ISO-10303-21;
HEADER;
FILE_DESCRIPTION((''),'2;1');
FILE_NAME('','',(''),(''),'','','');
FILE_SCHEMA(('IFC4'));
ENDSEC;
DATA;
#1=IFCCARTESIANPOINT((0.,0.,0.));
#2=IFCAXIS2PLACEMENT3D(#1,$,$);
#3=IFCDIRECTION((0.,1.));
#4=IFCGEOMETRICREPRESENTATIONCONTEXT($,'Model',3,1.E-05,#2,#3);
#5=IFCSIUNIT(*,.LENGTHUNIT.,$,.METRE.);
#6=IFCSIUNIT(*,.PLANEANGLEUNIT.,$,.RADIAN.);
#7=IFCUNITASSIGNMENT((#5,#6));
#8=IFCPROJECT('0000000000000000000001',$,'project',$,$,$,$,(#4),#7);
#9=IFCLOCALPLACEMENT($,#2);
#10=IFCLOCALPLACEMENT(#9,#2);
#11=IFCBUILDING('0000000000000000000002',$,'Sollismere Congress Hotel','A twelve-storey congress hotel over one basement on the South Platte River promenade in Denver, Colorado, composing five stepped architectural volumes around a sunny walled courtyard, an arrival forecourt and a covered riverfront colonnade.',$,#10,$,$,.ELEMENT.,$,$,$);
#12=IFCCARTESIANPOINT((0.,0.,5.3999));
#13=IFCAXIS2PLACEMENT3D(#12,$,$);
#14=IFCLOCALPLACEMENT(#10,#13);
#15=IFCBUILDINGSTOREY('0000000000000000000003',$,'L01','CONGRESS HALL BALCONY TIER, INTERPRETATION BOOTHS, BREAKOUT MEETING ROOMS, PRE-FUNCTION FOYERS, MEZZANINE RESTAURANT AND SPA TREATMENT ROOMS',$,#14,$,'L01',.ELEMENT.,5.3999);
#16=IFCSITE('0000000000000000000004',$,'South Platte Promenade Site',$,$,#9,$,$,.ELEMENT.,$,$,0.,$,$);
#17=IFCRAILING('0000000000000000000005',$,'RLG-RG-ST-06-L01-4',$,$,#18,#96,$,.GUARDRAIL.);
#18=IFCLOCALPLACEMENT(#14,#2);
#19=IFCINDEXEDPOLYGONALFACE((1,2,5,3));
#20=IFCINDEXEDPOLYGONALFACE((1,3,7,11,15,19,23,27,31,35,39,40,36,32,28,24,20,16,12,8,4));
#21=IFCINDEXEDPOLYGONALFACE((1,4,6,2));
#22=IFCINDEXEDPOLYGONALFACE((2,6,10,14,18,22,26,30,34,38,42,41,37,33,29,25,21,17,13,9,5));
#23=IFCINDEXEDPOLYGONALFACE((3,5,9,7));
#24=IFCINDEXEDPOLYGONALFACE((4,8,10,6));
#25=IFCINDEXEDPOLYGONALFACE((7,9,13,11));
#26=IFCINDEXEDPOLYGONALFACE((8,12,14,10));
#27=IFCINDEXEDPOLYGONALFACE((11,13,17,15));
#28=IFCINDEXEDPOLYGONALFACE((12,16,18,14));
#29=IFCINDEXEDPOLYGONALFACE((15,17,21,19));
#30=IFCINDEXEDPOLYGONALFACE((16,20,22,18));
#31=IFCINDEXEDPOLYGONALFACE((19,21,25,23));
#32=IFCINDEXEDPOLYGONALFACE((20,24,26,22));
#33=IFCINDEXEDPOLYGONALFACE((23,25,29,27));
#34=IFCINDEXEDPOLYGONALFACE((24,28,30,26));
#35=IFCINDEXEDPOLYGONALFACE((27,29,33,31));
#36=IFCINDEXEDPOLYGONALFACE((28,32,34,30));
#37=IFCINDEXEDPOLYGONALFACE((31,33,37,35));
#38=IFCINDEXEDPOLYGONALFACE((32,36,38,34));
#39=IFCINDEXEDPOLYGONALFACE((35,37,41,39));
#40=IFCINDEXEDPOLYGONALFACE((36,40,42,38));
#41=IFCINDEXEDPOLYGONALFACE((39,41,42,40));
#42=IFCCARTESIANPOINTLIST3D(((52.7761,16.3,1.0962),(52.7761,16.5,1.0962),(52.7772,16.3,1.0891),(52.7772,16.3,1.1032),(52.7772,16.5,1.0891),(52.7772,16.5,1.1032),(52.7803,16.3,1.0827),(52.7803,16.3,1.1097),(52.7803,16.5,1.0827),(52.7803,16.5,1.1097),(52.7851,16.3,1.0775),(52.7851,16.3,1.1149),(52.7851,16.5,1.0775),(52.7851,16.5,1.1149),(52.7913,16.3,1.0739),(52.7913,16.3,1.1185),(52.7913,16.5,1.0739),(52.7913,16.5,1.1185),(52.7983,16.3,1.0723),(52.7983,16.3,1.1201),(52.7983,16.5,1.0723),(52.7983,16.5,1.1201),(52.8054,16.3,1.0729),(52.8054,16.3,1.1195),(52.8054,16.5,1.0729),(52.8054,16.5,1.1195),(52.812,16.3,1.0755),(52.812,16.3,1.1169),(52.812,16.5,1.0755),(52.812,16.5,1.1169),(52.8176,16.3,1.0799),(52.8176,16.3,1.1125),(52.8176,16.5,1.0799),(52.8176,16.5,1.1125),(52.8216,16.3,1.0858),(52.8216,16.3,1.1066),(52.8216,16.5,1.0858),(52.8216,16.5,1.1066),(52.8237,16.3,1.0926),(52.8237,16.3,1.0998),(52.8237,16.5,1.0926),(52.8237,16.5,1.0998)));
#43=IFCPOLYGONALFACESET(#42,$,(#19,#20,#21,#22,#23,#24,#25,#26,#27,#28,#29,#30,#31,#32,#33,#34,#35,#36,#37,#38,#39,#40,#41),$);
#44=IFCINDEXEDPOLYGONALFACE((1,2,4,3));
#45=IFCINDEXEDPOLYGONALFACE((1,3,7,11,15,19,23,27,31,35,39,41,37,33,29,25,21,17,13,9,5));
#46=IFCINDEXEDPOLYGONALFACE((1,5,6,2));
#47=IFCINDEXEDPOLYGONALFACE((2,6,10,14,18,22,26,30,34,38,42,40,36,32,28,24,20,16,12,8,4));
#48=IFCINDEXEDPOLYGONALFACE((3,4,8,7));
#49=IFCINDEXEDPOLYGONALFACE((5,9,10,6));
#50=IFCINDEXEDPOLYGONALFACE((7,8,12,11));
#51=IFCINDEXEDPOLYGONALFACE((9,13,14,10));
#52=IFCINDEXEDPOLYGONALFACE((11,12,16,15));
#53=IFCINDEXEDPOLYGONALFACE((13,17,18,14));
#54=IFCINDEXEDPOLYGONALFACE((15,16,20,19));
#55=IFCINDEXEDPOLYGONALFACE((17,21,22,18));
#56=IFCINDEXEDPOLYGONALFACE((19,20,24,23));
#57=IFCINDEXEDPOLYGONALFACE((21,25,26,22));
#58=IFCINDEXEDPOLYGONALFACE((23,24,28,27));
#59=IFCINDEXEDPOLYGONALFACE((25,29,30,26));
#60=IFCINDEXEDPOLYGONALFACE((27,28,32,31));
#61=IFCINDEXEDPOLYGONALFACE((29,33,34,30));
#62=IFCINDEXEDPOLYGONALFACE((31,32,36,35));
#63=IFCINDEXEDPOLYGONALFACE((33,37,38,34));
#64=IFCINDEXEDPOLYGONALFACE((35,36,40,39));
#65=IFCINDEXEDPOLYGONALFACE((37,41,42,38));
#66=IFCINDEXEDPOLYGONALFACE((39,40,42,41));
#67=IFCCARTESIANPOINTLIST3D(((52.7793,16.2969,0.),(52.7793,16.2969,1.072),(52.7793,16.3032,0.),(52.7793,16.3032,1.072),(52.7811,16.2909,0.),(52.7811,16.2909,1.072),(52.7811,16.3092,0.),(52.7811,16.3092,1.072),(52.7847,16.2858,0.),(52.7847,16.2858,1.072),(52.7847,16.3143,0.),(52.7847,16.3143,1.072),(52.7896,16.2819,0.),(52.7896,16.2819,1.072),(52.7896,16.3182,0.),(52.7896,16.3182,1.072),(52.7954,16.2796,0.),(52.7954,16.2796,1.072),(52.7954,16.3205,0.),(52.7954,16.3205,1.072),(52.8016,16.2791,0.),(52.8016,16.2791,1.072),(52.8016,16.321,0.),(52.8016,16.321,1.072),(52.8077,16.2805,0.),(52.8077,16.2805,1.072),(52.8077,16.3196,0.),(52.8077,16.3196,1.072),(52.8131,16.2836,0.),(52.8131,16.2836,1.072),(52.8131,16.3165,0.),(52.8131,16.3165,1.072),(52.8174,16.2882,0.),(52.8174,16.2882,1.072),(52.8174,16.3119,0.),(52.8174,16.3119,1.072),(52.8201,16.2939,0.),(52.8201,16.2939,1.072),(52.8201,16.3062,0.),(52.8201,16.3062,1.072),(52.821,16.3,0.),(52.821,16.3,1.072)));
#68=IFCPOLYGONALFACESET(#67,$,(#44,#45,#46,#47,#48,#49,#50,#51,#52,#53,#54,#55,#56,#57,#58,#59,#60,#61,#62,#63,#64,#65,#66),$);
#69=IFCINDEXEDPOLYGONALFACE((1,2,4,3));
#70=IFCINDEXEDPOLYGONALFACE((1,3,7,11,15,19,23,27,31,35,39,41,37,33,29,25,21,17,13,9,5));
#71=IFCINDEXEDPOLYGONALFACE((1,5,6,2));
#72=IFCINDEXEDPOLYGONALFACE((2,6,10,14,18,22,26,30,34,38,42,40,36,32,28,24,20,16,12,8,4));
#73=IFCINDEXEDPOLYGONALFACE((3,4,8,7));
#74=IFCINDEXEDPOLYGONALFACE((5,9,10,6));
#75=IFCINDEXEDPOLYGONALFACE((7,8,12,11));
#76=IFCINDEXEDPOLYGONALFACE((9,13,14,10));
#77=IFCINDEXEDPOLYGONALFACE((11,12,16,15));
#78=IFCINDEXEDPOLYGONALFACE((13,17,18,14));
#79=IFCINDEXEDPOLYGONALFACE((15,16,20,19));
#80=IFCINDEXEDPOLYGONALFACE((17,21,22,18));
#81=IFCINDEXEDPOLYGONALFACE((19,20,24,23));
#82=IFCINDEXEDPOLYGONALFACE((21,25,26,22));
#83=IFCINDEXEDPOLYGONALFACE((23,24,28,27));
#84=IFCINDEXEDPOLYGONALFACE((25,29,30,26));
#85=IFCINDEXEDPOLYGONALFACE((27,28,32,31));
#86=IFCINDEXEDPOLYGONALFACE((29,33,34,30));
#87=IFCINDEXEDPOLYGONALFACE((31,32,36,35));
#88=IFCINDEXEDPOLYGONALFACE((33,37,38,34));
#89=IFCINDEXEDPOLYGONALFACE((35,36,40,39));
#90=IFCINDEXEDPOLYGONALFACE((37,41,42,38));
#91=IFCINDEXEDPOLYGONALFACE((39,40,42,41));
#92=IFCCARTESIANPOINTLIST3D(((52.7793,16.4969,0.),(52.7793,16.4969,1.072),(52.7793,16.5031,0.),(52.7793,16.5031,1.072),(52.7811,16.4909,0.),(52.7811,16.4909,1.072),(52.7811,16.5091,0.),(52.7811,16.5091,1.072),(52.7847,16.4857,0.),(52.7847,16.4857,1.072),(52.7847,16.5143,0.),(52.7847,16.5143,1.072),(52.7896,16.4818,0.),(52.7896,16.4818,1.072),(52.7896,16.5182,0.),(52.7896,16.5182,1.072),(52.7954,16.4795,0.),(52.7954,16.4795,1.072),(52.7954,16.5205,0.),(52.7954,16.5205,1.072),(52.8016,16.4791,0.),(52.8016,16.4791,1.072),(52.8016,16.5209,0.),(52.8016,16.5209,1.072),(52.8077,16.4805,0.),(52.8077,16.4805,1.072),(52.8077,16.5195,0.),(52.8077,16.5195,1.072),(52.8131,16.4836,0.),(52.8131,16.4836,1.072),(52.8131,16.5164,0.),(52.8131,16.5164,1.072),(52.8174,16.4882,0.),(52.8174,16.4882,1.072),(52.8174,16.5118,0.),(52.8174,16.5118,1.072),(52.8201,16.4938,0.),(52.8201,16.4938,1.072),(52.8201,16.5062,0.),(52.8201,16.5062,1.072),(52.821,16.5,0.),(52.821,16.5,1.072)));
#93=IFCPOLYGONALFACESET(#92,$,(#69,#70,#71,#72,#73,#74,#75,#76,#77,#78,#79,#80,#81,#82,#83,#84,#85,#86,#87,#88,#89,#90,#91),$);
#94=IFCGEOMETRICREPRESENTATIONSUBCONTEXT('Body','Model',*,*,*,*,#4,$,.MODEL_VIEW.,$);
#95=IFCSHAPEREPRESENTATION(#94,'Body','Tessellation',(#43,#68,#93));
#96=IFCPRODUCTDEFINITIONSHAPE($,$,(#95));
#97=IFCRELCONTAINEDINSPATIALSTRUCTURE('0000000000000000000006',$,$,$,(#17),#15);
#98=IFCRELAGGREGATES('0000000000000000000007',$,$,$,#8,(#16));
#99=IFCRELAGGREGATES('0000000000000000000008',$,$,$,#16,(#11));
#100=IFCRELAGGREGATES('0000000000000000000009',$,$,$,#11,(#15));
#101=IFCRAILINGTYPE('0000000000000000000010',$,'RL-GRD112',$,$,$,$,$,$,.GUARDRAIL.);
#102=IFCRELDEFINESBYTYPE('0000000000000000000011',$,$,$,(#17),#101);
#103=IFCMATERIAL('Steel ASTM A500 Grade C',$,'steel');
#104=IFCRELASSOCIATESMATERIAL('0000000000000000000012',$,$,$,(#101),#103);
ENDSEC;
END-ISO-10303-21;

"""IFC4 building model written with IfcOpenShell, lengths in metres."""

from ifc_helpers import new_model, si_unit, direction, frame, origin, origin_2d, place, context, subcontext, project, spatial, circle, extrude, material, type_object, element, save


model = new_model("IFC4")

# Units and contexts
model_context = context("Model", 3, precision=1e-05, world=origin(), true_north=direction((0.0, 1.0)))
body_context = subcontext(model_context, "Body", "Model", "MODEL_VIEW")
ifc_project = project(units=[si_unit("LENGTHUNIT", "METRE"), si_unit("PLANEANGLEUNIT", "RADIAN")], contexts=[model_context])

# Site, building, storey
site_placement = place(None, origin())
site = spatial("IfcSite", under=ifc_project, at=site_placement, Name="South Platte Promenade Site", CompositionType="ELEMENT", RefElevation=0.0)
building_placement = place(site_placement, origin())
building = spatial("IfcBuilding", under=site, at=building_placement, Name="Sollismere Congress Hotel", Description="A twelve-storey congress hotel over one basement on the South Platte River promenade in Denver, Colorado, composing five stepped architectural volumes around a sunny walled courtyard, an arrival forecourt and a covered riverfront colonnade.", CompositionType="ELEMENT")
storey_placement = place(building_placement, frame((0.0, 0.0, 5.3999)))
storey = spatial("IfcBuildingStorey", under=building, at=storey_placement, Name="L01", Description="CONGRESS HALL BALCONY TIER, INTERPRETATION BOOTHS, BREAKOUT MEETING ROOMS, PRE-FUNCTION FOYERS, MEZZANINE RESTAURANT AND SPA TREATMENT ROOMS", LongName="L01", CompositionType="ELEMENT", Elevation=5.3999)

# Railing
ifc_material_1 = material(Name="Steel ASTM A500 Grade C", Category="steel")
railing_type_1 = type_object("IfcRailingType", Name="RL-GRD112", PredefinedType="GUARDRAIL", material=ifc_material_1)
railing_1_placement = place(storey_placement, frame((52.8, 16.3, 0.0)))
element("IfcRailing", 1, at=railing_1_placement, inside=storey, type_object=railing_type_1, Name="RLG-RG-ST-06-L01-4", PredefinedType="GUARDRAIL", context=body_context, shape_type="SweptSolid", body=[
    extrude(circle(Radius=0.0239, at=origin_2d()), frame((0.0, 0.0, 1.0962), z_axis=(0.0, 1.0, 0.0), x_axis=(-1.0, 0.0, 0.0)), (0.0, 0.0, 1.0), 0.2),
    extrude(circle(Radius=0.021, at=origin_2d()), origin(), (0.0, 0.0, 1.0), 1.072),
    extrude(circle(Radius=0.021, at=origin_2d()), frame((0.0, 0.2, 0.0)), (0.0, 0.0, 1.0), 1.072),
])

save(model, "model.ifc")
